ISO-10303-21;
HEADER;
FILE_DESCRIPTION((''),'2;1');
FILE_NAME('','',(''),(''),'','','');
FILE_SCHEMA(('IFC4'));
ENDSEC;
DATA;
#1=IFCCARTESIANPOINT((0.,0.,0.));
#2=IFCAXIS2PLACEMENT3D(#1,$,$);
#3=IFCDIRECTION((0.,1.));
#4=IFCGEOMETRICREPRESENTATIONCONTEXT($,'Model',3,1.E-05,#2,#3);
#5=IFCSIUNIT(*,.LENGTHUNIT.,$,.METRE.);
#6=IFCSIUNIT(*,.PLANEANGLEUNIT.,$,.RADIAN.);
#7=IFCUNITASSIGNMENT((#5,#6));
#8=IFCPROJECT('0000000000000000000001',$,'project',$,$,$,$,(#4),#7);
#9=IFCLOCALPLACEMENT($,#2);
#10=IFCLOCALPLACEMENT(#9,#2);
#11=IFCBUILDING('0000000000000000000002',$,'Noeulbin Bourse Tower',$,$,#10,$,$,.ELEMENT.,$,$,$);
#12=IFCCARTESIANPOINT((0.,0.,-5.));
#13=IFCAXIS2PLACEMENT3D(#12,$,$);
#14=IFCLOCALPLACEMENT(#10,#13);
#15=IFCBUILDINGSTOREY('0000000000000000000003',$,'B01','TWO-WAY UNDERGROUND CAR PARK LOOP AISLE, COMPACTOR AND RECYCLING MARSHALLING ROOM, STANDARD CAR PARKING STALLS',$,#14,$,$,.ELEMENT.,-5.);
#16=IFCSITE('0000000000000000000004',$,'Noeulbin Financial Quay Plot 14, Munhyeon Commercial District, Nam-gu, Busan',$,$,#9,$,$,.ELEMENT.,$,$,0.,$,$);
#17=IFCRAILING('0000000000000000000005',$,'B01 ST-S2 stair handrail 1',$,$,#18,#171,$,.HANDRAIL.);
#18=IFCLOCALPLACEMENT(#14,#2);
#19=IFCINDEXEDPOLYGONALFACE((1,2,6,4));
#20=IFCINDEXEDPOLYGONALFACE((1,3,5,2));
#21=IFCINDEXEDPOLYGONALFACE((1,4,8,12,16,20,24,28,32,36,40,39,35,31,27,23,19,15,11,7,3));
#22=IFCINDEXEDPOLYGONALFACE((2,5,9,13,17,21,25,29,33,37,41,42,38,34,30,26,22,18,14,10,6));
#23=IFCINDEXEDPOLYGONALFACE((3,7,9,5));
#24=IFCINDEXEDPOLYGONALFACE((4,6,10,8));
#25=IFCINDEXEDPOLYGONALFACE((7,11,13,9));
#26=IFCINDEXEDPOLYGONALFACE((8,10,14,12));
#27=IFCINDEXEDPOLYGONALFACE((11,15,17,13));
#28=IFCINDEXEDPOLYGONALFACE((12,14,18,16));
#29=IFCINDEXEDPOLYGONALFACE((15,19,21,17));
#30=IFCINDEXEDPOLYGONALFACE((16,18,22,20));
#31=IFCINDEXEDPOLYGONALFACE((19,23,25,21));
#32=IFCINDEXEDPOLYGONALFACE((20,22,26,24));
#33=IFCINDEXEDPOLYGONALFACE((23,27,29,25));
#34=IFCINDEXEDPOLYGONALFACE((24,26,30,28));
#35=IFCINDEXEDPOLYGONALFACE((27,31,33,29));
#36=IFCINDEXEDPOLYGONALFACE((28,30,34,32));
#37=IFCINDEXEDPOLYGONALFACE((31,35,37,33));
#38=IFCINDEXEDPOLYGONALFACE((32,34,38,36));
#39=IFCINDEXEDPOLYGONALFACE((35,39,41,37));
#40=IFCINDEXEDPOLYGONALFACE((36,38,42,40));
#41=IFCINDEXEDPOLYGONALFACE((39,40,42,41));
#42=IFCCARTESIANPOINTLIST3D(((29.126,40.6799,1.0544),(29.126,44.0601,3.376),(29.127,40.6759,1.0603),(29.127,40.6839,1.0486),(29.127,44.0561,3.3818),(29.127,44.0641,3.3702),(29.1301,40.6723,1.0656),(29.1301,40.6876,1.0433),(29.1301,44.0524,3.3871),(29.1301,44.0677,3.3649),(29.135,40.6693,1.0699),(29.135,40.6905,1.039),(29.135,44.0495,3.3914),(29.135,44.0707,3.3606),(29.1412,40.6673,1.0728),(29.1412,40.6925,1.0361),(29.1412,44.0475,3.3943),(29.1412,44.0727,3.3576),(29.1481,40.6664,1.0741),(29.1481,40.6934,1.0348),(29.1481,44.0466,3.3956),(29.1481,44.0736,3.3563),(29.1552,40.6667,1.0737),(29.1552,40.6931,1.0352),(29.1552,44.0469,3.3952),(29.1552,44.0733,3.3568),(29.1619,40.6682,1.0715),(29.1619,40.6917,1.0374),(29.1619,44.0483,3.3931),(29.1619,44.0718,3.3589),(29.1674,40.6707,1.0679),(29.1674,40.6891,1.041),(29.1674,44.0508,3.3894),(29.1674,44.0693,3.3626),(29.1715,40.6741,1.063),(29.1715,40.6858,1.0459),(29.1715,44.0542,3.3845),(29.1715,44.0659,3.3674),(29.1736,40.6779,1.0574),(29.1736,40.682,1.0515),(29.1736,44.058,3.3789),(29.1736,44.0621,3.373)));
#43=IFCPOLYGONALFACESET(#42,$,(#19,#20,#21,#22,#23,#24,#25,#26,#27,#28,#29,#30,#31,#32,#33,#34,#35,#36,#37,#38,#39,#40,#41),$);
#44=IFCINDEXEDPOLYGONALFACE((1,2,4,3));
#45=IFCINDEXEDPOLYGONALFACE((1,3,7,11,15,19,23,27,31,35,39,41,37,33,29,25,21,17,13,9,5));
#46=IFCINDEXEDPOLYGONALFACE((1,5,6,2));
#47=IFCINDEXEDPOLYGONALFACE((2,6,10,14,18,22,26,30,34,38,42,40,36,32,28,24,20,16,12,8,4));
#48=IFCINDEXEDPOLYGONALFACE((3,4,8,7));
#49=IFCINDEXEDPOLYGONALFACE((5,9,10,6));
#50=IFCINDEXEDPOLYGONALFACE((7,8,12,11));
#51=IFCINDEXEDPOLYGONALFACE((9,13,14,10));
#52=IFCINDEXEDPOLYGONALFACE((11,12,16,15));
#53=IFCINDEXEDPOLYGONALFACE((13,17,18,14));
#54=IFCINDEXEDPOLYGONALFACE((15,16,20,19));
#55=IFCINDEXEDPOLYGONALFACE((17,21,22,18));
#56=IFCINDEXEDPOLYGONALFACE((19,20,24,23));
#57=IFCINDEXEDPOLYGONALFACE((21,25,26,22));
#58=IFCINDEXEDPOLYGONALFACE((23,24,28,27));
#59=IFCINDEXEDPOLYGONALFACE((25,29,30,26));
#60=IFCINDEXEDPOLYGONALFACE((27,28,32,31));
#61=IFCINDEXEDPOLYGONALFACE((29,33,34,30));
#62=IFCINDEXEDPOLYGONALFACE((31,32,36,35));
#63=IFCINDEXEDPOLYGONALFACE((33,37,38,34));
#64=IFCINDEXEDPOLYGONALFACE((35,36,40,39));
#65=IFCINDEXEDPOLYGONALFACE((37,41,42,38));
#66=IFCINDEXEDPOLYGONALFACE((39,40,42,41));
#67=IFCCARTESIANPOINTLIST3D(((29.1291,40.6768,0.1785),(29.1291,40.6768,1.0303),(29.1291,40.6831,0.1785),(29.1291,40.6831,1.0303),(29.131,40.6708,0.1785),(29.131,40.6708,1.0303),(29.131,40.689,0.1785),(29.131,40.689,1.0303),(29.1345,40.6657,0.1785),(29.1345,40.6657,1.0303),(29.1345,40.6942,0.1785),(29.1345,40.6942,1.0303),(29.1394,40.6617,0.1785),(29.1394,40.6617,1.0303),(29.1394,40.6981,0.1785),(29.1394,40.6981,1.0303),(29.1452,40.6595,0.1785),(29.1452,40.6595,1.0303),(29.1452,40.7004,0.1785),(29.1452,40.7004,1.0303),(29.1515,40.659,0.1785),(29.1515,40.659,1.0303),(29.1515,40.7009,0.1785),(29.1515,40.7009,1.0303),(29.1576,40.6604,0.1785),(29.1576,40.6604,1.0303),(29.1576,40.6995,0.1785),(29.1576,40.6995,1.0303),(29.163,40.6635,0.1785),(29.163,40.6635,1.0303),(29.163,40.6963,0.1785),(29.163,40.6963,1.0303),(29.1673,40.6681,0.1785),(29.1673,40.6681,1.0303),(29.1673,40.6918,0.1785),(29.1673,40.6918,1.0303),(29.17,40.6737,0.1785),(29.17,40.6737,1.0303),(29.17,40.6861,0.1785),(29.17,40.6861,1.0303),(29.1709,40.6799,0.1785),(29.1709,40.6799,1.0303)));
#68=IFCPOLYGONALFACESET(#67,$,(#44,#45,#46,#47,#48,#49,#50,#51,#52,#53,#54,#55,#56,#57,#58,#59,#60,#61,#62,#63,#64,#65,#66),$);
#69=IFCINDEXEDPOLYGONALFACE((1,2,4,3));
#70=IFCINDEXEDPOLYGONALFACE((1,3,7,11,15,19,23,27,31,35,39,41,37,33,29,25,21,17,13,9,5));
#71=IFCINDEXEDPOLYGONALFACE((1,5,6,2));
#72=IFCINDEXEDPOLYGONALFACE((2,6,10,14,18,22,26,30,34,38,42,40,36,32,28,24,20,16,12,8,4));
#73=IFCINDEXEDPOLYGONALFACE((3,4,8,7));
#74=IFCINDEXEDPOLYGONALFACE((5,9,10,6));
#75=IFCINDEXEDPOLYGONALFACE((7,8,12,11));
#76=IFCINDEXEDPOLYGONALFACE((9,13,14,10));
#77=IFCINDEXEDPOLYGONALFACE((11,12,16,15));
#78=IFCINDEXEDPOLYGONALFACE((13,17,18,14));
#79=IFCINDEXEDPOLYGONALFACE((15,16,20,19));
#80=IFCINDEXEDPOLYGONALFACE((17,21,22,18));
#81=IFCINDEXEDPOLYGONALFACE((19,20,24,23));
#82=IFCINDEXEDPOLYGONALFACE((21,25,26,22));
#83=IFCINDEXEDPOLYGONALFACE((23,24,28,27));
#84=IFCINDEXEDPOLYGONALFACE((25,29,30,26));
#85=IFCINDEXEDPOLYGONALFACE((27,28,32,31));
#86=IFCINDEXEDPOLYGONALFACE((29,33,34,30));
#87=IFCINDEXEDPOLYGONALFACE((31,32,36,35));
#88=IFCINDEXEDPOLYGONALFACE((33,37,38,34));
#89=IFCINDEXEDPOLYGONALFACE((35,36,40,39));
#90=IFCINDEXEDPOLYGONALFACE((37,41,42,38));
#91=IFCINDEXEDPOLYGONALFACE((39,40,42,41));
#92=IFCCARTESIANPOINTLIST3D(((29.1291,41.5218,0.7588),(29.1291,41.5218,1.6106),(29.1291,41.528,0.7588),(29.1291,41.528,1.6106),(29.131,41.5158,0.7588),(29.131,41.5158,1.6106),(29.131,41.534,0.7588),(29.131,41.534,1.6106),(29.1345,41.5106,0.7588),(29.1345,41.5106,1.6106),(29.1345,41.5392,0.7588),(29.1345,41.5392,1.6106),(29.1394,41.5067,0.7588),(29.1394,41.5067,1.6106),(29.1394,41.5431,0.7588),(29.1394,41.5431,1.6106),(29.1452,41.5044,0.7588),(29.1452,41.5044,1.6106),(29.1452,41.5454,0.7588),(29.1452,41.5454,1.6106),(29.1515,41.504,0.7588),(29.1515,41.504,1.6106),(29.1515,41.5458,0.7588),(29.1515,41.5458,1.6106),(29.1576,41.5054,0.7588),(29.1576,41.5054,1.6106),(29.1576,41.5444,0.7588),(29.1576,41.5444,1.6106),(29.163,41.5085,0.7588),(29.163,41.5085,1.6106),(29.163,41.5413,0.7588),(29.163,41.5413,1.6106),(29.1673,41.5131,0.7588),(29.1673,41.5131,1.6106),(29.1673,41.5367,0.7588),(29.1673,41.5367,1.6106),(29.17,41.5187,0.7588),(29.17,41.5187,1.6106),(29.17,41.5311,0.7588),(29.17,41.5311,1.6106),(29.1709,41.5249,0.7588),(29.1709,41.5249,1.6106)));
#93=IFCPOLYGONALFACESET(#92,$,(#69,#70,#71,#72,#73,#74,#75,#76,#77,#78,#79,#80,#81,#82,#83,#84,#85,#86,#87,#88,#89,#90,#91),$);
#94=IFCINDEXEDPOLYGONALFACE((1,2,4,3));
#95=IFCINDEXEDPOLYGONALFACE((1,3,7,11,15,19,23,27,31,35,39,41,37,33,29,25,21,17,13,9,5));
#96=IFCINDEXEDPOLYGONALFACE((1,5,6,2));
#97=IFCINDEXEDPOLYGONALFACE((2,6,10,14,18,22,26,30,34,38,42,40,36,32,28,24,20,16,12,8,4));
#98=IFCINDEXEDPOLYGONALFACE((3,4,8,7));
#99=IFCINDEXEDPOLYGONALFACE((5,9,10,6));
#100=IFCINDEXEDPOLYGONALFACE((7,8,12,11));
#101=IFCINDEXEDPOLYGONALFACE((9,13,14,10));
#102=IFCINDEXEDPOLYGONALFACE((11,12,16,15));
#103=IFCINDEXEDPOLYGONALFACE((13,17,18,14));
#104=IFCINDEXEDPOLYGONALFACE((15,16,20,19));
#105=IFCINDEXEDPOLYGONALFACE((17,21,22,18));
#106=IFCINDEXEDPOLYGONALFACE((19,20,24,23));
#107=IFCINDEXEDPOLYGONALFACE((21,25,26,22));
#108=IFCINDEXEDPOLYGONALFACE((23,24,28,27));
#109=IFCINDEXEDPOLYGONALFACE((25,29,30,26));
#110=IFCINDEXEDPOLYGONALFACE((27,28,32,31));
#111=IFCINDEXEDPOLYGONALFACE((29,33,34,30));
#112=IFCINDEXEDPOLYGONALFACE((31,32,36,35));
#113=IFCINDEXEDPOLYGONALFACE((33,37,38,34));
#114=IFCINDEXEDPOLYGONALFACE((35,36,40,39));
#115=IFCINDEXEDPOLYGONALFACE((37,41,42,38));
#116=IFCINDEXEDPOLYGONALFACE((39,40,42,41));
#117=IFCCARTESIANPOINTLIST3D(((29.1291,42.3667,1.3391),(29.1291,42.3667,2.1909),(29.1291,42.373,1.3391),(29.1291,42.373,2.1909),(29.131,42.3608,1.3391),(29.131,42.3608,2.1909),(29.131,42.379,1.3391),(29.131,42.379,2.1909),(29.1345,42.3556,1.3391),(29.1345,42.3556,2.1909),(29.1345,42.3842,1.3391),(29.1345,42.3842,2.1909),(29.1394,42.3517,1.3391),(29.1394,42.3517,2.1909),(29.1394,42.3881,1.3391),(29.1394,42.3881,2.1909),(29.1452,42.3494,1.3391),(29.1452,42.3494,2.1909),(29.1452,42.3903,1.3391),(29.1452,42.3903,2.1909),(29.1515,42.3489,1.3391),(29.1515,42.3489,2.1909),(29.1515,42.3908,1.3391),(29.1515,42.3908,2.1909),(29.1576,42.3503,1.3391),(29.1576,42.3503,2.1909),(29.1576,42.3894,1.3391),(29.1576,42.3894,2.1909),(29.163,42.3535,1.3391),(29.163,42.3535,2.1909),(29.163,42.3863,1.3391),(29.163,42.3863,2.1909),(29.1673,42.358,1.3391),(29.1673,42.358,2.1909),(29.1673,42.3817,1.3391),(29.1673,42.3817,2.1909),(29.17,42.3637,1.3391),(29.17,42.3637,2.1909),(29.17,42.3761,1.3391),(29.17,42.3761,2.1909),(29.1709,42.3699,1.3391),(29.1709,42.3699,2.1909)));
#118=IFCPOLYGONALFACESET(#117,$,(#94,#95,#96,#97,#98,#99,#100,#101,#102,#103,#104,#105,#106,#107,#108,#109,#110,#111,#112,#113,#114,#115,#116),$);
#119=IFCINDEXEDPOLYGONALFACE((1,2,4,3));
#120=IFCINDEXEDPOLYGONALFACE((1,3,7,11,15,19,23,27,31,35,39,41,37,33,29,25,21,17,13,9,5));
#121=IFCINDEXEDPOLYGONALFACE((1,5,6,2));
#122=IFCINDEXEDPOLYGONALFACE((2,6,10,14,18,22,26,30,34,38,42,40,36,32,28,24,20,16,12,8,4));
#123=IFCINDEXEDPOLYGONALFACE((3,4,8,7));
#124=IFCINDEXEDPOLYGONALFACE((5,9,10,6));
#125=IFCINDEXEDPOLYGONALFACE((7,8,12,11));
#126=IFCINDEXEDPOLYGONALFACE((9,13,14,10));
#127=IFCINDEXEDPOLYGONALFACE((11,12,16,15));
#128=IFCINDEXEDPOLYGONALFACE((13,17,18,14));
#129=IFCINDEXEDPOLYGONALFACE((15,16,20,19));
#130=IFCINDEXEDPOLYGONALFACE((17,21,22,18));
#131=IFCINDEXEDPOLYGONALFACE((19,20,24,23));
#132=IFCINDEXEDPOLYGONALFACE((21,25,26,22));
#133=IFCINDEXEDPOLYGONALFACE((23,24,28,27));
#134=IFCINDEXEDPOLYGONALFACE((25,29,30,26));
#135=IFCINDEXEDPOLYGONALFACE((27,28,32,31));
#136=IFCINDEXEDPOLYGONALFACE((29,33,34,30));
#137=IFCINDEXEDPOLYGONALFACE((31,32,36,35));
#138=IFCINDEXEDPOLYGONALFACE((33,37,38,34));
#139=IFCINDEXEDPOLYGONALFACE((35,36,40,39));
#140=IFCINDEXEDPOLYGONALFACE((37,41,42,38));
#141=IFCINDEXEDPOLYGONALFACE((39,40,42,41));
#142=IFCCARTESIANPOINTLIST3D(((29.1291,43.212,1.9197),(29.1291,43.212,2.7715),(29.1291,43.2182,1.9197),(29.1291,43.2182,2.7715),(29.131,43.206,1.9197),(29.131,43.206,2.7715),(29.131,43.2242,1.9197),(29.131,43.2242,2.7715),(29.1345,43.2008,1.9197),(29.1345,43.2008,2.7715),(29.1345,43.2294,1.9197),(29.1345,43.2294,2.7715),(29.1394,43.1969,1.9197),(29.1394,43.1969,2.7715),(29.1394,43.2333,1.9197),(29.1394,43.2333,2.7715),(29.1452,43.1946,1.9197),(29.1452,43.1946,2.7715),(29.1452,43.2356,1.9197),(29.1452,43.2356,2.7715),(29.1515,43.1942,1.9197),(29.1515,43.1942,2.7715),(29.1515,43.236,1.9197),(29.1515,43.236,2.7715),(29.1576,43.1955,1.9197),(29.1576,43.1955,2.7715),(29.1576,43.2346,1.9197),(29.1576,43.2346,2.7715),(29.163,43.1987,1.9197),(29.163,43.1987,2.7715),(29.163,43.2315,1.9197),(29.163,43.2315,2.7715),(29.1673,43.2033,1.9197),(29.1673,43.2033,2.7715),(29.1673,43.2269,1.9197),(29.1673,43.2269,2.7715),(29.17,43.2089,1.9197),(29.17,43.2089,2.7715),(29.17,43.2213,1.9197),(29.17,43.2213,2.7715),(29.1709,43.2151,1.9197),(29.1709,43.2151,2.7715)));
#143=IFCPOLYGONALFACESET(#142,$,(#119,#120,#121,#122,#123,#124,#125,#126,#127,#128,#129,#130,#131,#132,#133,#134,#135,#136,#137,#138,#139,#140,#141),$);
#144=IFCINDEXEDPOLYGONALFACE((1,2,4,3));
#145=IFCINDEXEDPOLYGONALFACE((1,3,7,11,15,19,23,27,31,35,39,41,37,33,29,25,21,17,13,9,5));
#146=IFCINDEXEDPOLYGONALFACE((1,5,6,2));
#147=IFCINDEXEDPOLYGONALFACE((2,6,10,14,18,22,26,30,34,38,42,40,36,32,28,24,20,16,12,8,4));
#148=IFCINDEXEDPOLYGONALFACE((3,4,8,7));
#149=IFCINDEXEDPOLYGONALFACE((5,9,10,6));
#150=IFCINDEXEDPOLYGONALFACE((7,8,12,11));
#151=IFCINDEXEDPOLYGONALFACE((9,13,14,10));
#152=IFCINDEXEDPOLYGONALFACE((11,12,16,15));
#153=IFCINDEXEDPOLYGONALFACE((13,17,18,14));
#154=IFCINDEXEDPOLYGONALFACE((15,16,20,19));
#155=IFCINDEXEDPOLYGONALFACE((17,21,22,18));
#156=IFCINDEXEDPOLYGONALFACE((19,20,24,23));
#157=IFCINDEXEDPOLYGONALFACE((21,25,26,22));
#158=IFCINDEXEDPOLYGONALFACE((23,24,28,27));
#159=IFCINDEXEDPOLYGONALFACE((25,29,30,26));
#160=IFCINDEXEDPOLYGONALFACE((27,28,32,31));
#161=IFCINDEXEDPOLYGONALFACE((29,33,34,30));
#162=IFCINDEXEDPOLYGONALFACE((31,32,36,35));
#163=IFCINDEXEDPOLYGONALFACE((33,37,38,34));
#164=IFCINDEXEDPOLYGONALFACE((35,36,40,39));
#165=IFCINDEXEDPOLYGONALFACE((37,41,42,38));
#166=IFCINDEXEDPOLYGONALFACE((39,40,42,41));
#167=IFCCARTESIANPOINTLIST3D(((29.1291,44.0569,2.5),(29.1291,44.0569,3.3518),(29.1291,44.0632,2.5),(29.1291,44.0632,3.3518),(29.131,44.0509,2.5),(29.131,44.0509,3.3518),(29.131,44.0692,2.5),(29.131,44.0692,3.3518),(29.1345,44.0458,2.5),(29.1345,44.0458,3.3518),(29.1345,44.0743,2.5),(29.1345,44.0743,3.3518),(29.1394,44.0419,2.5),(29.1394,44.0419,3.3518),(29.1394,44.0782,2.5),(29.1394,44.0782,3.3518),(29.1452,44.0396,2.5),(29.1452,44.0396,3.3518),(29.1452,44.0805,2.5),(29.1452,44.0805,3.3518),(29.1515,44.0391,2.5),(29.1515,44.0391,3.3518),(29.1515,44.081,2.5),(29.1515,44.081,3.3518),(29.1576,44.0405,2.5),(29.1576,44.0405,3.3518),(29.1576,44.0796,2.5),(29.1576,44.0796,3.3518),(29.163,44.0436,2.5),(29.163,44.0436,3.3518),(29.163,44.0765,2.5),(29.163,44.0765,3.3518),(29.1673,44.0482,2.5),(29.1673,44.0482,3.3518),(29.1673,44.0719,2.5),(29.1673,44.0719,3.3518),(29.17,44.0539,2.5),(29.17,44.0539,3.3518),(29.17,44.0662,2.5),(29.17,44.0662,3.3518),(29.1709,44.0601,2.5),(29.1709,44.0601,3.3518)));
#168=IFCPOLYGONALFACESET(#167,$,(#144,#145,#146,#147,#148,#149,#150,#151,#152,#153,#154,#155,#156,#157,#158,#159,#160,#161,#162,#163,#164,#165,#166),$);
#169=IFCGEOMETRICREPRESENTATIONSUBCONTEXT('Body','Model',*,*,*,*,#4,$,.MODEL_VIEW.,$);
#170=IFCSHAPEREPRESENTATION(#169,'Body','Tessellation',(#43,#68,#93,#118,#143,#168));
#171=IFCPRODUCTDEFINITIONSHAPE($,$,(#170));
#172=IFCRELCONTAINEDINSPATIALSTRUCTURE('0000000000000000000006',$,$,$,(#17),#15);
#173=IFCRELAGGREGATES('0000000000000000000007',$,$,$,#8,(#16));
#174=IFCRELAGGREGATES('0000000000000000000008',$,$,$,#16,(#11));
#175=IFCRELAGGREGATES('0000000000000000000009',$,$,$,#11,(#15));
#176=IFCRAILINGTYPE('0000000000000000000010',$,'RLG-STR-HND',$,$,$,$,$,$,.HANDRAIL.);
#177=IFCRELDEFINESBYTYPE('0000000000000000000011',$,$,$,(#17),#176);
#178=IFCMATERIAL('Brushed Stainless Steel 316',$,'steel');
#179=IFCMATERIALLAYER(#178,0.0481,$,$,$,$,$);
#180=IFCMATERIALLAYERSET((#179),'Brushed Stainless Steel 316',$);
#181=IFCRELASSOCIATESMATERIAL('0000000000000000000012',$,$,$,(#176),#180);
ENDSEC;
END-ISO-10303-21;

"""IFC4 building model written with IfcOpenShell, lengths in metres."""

from ifc_helpers import new_model, si_unit, direction, frame, origin, origin_2d, place, context, subcontext, project, spatial, circle, extrude, material, layer, layer_set, type_object, element, save


model = new_model("IFC4")

# Units and contexts
model_context = context("Model", 3, precision=1e-05, world=origin(), true_north=direction((0.0, 1.0)))
body_context = subcontext(model_context, "Body", "Model", "MODEL_VIEW")
ifc_project = project(units=[si_unit("LENGTHUNIT", "METRE"), si_unit("PLANEANGLEUNIT", "RADIAN")], contexts=[model_context])

# Site, building, storey
site_placement = place(None, origin())
site = spatial("IfcSite", under=ifc_project, at=site_placement, Name="Noeulbin Financial Quay Plot 14, Munhyeon Commercial District, Nam-gu, Busan", CompositionType="ELEMENT", RefElevation=0.0)
building_placement = place(site_placement, origin())
building = spatial("IfcBuilding", under=site, at=building_placement, Name="Noeulbin Bourse Tower", CompositionType="ELEMENT")
storey_placement = place(building_placement, frame((0.0, 0.0, -5.0)))
storey = spatial("IfcBuildingStorey", under=building, at=storey_placement, Name="B01", Description="TWO-WAY UNDERGROUND CAR PARK LOOP AISLE, COMPACTOR AND RECYCLING MARSHALLING ROOM, STANDARD CAR PARKING STALLS", CompositionType="ELEMENT", Elevation=-5.0)

# Railing
ifc_material_1 = material(Name="Brushed Stainless Steel 316", Category="steel")
ifc_layer_1 = layer(ifc_material_1, 0.0481)
ifc_layer_set_1 = layer_set([ifc_layer_1], Name="Brushed Stainless Steel 316")
railing_type_1 = type_object("IfcRailingType", Name="RLG-STR-HND", PredefinedType="HANDRAIL", material=ifc_layer_set_1)
railing_1_placement = place(storey_placement, frame((29.1499, 40.6799, 0.1785)))
element("IfcRailing", 1, at=railing_1_placement, inside=storey, type_object=railing_type_1, Name="B01 ST-S2 stair handrail 1", PredefinedType="HANDRAIL", context=body_context, shape_type="SweptSolid", body=[
    extrude(circle(Radius=0.0239, at=origin_2d()), frame((0.0, 0.0, 0.876), z_axis=(0.0, 0.824304, 0.566147), x_axis=(-1.0, 0.0, 0.0)), (0.0, 0.0, 1.0), 4.1006),
    extrude(circle(Radius=0.021, at=origin_2d()), origin(), (0.0, 0.0, 1.0), 0.8518),
    extrude(circle(Radius=0.021, at=origin_2d()), frame((0.0, 0.845, 0.5803)), (0.0, 0.0, 1.0), 0.8518),
    extrude(circle(Radius=0.021, at=origin_2d()), frame((0.0, 1.6899, 1.1606)), (0.0, 0.0, 1.0), 0.8518),
    extrude(circle(Radius=0.021, at=origin_2d()), frame((0.0, 2.5352, 1.7412)), (0.0, 0.0, 1.0), 0.8518),
    extrude(circle(Radius=0.021, at=origin_2d()), frame((0.0, 3.3801, 2.3215)), (0.0, 0.0, 1.0), 0.8518),
])

save(model, "model.ifc")
